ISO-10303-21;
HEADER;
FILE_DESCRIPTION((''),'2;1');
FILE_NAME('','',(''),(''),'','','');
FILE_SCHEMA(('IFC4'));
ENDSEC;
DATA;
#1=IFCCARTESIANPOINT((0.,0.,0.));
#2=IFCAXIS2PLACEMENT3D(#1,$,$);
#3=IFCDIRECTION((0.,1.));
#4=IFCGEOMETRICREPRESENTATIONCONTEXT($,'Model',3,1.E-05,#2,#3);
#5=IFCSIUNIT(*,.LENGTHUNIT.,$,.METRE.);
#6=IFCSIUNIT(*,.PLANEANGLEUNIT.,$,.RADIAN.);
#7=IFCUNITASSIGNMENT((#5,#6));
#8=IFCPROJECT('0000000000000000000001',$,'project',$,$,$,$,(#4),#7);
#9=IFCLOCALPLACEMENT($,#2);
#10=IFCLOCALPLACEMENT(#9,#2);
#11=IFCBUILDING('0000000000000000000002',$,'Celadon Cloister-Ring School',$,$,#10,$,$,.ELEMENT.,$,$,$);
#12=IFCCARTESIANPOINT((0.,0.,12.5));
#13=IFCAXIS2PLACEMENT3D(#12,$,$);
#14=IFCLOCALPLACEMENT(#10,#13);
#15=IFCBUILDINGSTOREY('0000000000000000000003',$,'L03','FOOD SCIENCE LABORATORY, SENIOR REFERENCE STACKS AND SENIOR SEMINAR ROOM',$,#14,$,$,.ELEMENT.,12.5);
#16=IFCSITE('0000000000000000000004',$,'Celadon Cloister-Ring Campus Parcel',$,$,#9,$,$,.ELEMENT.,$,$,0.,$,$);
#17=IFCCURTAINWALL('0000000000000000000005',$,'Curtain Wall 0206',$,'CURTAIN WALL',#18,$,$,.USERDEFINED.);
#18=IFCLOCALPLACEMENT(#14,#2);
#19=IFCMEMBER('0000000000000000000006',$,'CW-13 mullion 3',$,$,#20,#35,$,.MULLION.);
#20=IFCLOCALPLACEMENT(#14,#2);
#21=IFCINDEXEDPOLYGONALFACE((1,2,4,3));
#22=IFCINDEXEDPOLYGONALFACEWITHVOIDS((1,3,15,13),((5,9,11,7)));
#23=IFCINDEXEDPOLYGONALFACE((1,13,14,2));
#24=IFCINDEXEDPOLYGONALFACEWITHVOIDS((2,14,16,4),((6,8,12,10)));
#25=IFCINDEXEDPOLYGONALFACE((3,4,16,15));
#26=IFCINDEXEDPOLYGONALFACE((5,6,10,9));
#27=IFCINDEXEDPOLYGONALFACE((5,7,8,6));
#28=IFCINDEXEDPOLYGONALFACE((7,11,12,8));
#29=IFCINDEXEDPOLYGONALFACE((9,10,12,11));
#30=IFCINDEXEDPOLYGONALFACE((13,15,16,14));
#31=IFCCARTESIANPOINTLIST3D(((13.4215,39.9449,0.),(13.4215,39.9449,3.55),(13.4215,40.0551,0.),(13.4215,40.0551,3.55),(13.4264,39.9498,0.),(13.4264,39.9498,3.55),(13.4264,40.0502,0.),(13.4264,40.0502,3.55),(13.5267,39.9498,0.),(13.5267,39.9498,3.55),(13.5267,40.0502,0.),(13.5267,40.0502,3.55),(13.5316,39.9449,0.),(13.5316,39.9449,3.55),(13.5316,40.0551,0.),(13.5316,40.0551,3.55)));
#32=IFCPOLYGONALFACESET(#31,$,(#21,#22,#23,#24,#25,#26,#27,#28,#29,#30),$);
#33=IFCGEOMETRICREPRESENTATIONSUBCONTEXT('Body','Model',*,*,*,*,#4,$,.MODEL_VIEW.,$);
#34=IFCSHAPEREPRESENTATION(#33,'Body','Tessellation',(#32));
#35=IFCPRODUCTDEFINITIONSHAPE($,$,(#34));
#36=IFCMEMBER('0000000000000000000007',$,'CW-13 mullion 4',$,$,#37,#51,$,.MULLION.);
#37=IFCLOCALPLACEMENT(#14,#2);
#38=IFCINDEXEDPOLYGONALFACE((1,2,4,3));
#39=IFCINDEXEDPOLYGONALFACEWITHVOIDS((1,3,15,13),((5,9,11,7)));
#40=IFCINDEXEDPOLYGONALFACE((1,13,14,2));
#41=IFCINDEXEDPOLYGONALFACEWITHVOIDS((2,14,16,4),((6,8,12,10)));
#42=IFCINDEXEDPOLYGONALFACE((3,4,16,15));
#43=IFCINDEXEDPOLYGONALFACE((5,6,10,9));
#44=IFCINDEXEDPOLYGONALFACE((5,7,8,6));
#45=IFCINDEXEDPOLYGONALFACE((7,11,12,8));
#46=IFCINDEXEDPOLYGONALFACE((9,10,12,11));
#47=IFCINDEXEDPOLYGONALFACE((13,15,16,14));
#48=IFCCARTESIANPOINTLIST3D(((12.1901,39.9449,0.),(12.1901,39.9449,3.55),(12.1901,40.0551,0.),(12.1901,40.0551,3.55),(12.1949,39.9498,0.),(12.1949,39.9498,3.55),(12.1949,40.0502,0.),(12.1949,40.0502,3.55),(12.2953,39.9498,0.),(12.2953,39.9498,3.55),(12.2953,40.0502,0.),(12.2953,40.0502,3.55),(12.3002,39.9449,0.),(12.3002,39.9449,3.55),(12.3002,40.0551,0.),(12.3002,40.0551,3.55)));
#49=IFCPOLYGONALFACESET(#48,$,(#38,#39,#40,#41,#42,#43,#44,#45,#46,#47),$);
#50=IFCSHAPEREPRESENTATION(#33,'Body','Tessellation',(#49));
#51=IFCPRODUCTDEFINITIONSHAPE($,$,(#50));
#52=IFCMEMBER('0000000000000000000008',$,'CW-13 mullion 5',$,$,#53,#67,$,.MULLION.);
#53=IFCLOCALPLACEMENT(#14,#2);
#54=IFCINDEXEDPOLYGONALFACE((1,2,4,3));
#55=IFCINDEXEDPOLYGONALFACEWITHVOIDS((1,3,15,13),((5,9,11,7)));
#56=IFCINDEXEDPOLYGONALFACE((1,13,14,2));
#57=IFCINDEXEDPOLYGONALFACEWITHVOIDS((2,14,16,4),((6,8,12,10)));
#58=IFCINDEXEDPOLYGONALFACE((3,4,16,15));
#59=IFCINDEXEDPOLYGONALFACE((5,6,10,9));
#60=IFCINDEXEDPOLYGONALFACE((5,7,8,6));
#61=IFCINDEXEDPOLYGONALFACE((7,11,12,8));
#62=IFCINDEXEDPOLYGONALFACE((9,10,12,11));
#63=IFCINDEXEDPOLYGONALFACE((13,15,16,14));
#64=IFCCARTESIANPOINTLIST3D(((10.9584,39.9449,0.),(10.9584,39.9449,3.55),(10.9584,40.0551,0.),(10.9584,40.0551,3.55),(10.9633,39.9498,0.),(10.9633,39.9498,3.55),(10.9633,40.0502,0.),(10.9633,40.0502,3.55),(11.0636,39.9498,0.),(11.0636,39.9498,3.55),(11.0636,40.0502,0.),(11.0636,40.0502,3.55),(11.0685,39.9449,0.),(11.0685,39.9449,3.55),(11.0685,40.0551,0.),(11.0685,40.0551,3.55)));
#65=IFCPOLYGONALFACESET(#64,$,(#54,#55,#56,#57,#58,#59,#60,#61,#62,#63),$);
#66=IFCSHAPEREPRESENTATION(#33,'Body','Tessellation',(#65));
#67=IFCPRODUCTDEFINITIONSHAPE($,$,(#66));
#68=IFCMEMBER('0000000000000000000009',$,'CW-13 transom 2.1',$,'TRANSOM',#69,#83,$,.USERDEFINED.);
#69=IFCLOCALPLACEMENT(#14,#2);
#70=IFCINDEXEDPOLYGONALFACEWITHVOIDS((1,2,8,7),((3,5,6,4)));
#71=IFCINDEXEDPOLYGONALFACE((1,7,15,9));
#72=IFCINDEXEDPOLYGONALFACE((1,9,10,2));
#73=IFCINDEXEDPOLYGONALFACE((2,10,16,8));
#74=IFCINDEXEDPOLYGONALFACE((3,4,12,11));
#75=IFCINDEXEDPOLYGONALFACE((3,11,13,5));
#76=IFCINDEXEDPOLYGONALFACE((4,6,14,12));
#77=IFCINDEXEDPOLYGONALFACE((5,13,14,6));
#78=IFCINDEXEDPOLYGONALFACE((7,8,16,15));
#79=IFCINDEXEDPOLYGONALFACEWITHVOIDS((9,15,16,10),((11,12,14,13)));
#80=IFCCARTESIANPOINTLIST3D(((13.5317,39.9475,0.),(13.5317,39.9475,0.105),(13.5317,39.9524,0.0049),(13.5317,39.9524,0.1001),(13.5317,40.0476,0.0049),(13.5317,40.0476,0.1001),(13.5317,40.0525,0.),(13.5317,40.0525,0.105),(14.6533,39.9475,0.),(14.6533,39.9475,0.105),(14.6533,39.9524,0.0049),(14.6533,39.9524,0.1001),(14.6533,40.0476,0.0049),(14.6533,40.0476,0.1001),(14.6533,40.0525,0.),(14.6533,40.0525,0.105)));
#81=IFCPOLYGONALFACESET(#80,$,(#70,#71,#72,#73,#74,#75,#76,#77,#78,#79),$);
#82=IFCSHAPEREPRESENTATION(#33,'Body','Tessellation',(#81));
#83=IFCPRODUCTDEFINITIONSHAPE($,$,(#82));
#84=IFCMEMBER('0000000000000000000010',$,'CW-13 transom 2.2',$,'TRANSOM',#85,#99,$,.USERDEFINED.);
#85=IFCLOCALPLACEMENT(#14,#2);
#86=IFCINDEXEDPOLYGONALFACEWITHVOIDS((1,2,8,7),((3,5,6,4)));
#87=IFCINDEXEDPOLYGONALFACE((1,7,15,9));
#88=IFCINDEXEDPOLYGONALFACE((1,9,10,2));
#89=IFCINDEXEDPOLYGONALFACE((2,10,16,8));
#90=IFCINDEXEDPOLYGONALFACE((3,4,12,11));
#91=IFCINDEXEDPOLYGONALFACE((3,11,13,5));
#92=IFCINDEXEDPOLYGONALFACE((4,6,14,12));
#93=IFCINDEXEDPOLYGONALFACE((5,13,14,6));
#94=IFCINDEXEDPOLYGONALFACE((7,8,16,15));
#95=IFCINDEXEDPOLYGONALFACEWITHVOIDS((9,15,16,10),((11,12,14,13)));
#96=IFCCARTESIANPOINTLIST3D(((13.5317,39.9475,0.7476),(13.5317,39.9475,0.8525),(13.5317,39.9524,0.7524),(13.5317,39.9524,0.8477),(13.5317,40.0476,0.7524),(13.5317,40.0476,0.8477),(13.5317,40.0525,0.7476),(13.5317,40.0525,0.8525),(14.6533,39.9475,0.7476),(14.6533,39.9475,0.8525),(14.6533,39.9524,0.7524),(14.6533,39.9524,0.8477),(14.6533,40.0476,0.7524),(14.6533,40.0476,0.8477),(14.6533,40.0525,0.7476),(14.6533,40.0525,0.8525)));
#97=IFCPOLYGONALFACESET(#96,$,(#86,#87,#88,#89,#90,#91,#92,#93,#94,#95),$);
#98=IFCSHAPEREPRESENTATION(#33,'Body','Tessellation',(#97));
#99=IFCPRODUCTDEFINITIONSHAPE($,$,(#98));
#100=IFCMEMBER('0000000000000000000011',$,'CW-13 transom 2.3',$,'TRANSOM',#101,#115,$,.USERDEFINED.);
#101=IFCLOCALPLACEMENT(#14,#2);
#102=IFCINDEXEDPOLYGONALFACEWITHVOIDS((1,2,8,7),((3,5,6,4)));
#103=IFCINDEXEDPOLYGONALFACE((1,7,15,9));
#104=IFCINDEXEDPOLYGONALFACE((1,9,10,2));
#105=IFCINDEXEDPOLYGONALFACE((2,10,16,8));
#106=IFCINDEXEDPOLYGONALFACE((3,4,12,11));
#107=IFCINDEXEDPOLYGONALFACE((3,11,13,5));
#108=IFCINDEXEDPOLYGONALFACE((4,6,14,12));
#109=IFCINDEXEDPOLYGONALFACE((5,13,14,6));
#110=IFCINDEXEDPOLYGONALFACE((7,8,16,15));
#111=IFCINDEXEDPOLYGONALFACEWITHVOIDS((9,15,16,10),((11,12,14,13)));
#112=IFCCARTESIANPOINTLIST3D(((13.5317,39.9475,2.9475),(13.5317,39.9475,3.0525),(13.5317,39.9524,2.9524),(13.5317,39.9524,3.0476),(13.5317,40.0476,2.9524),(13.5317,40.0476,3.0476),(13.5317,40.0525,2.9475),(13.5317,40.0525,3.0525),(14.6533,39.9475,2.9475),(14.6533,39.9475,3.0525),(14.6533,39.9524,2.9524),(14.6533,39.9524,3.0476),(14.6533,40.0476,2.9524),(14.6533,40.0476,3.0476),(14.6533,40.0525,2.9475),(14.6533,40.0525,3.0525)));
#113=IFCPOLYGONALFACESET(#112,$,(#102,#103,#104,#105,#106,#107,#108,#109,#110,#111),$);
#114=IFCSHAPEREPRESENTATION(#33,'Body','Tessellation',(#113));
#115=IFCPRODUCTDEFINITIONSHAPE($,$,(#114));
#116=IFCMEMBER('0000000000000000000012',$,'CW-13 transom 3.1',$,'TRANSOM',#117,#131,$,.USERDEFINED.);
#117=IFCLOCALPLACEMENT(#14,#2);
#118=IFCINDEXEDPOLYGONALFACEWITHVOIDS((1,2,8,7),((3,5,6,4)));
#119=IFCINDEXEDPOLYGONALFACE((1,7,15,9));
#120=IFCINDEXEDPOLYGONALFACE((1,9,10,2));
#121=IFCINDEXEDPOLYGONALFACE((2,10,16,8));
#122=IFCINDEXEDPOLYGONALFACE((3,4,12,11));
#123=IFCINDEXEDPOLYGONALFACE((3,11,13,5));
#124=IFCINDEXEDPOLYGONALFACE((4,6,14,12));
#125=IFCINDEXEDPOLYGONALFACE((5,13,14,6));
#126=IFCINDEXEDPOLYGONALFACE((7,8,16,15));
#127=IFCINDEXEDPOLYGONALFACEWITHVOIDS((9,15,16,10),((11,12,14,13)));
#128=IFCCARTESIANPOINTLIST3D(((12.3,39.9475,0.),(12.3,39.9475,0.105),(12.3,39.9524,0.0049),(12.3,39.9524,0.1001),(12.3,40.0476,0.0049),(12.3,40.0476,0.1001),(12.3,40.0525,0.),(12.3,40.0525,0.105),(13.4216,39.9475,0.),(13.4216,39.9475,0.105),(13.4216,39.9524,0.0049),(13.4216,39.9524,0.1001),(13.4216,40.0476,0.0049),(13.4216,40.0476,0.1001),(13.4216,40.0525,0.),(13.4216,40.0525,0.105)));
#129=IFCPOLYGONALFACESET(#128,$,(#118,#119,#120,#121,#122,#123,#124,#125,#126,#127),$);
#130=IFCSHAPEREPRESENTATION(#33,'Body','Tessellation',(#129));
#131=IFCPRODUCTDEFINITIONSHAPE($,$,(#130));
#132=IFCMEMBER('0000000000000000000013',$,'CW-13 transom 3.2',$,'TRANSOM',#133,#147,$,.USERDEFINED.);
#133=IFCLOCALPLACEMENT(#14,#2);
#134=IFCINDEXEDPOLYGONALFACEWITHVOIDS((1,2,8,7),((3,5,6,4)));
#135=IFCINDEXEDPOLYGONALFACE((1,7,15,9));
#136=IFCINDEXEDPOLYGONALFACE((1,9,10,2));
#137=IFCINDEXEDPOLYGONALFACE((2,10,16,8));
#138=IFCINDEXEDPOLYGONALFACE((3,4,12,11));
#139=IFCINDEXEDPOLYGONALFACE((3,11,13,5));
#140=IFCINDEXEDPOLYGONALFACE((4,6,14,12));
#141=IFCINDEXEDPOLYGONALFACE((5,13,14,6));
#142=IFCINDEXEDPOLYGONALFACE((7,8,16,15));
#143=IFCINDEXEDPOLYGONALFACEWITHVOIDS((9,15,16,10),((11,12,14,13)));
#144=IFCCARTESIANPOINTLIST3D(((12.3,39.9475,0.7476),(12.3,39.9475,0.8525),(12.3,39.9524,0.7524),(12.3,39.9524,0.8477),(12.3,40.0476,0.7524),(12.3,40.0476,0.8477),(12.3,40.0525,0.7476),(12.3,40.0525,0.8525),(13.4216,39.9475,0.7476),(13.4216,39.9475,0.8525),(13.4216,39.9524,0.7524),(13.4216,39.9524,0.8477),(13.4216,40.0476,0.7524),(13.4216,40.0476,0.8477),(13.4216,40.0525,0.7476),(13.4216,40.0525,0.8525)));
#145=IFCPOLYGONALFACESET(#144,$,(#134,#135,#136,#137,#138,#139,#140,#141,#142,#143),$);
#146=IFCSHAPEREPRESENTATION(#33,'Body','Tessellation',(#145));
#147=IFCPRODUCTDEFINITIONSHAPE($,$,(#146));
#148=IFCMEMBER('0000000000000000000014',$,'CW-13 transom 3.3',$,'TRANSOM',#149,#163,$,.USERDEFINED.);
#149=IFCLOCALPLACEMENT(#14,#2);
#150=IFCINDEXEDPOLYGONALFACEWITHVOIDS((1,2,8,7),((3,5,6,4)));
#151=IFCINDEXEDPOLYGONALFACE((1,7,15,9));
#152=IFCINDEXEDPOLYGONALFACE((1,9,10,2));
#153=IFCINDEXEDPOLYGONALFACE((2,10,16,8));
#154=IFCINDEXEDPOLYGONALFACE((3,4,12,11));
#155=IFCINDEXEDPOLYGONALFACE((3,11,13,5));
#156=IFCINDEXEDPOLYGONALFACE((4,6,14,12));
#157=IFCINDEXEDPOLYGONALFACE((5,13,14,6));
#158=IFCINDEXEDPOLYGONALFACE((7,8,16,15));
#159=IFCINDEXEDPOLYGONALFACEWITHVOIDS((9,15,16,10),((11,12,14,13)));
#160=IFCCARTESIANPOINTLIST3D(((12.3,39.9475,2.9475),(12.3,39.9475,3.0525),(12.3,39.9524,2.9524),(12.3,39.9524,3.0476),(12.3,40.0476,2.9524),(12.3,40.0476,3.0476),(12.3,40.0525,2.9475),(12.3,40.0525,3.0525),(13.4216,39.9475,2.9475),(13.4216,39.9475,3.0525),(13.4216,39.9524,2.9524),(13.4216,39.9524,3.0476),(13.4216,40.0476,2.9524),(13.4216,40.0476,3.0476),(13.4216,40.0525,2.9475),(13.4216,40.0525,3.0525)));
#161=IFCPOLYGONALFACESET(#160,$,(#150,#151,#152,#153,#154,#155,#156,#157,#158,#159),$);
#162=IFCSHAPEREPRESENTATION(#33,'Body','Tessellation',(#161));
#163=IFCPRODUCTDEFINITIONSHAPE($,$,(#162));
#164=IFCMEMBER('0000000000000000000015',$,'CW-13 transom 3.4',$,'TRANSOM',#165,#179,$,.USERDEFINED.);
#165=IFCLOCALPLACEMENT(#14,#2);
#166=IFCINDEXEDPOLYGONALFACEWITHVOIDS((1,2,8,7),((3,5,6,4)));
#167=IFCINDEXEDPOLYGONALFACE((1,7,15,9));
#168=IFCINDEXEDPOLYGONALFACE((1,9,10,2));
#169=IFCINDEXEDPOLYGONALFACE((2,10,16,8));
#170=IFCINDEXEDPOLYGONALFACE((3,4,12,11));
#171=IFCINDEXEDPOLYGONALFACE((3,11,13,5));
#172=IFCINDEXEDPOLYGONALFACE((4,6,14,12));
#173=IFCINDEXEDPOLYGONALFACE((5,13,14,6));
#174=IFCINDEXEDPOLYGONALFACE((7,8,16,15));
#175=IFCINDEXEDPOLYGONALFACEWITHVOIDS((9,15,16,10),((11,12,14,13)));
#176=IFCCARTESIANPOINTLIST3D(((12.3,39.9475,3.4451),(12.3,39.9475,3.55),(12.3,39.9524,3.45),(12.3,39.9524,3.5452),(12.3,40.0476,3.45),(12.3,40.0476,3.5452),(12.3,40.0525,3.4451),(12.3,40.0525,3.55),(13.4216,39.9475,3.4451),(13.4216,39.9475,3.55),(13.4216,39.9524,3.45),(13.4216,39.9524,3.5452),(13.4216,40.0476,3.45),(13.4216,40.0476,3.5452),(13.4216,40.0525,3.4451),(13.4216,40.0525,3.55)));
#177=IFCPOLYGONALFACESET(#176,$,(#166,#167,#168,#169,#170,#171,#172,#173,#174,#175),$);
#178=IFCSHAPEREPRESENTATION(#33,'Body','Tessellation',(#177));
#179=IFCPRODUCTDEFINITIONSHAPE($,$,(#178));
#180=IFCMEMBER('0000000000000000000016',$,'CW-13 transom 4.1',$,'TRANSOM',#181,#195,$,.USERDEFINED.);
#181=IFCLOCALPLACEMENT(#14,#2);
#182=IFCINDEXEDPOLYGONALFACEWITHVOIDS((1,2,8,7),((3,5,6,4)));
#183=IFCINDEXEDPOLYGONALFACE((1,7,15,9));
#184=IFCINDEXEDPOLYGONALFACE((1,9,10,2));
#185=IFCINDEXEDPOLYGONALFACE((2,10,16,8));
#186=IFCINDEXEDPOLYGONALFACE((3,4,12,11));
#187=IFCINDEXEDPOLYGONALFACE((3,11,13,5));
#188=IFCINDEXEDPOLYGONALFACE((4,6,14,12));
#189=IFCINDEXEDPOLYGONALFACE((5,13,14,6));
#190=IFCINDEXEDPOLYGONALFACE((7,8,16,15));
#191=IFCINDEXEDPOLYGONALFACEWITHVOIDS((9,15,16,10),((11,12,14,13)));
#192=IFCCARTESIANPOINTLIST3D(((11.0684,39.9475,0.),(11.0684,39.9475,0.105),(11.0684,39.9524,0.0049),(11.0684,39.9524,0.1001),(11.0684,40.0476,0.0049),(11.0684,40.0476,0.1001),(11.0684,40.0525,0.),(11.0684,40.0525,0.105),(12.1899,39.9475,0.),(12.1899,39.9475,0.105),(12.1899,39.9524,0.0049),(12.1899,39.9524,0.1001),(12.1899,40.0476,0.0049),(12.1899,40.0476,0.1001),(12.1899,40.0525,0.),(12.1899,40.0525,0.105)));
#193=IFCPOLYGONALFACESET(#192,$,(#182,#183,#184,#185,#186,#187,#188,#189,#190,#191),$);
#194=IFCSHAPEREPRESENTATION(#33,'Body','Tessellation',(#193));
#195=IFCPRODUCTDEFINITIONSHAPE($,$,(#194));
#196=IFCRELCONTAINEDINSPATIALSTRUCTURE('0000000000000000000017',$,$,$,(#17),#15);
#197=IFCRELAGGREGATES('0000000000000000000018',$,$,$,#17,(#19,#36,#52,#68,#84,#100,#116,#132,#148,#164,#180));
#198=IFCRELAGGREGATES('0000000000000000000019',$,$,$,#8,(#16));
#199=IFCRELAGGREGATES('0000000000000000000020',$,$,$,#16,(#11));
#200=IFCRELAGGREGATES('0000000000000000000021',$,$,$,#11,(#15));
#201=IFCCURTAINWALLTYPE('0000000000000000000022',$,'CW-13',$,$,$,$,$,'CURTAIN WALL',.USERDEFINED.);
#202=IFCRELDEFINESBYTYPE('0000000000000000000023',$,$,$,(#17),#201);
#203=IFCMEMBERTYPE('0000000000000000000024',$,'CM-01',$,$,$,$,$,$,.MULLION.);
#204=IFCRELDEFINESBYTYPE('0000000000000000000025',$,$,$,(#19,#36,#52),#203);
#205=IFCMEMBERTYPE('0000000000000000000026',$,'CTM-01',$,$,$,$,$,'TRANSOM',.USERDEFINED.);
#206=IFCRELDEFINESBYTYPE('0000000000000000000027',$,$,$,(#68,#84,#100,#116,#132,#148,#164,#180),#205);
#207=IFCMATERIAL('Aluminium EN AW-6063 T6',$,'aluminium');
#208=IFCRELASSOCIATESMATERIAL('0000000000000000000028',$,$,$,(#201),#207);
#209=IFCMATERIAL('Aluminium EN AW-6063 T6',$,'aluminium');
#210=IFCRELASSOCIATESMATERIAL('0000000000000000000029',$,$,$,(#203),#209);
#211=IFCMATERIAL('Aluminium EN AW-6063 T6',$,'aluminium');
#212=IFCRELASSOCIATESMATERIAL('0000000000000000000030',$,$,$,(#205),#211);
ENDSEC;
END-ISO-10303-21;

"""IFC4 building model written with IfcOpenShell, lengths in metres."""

from ifc_helpers import new_model, si_unit, direction, frame, origin, origin_2d, place, context, subcontext, project, spatial, hollow_rectangle, extrude, material, material_profile, profile_set, type_object, element, aggregate, save


model = new_model("IFC4")

# Units and contexts
model_context = context("Model", 3, precision=1e-05, world=origin(), true_north=direction((0.0, 1.0)))
body_context = subcontext(model_context, "Body", "Model", "MODEL_VIEW")
ifc_project = project(units=[si_unit("LENGTHUNIT", "METRE"), si_unit("PLANEANGLEUNIT", "RADIAN")], contexts=[model_context])

# Site, building, storey
site_placement = place(None, origin())
site = spatial("IfcSite", under=ifc_project, at=site_placement, Name="Celadon Cloister-Ring Campus Parcel", CompositionType="ELEMENT", RefElevation=0.0)
building_placement = place(site_placement, origin())
building = spatial("IfcBuilding", under=site, at=building_placement, Name="Celadon Cloister-Ring School", CompositionType="ELEMENT")
storey_placement = place(building_placement, frame((0.0, 0.0, 12.5)))
storey = spatial("IfcBuildingStorey", under=building, at=storey_placement, Name="L03", Description="FOOD SCIENCE LABORATORY, SENIOR REFERENCE STACKS AND SENIOR SEMINAR ROOM", CompositionType="ELEMENT", Elevation=12.5)

# Curtain wall, members
ifc_material_1 = material(Name="Aluminium EN AW-6063 T6", Category="aluminium")
curtain_wall_type = type_object("IfcCurtainWallType", Name="CW-13", ElementType="CURTAIN WALL", PredefinedType="USERDEFINED", material=ifc_material_1)
curtain_wall_placement = place(storey_placement, origin())
curtain_wall = element("IfcCurtainWall", 1, at=curtain_wall_placement, inside=storey, type_object=curtain_wall_type, Name="Curtain Wall 0206", ObjectType="CURTAIN WALL", PredefinedType="USERDEFINED")
ifc_material_2 = material(Name="Aluminium EN AW-6063 T6", Category="aluminium")
ifc_material_profile_1 = material_profile(ifc_material_2, hollow_rectangle(XDim=0.1101, YDim=0.1101, WallThickness=0.0049, at=origin_2d()), Name="RHS110X110X5")
ifc_profile_set_1 = profile_set([ifc_material_profile_1], Name="Aluminium EN AW-6063 T6")
member_type_1 = type_object("IfcMemberType", Name="CM-01", PredefinedType="MULLION", material=ifc_profile_set_1)
member_1_placement = place(storey_placement, frame((13.4766, 40.0, 0.0), z_axis=(0.0, 0.0, 1.0), x_axis=(0.0, -1.0, 0.0)))
member_1 = element("IfcMember", 2, at=member_1_placement, type_object=member_type_1, Name="CW-13 mullion 3", PredefinedType="MULLION", context=body_context, shape_type="SweptSolid", body=[
    extrude(hollow_rectangle(XDim=0.1101, YDim=0.1101, WallThickness=0.0049, at=origin_2d()), origin(), (0.0, 0.0, 1.0), 3.55),
])
member_2_placement = place(storey_placement, frame((12.2451, 40.0, 0.0), z_axis=(0.0, 0.0, 1.0), x_axis=(0.0, -1.0, 0.0)))
member_2 = element("IfcMember", 3, at=member_2_placement, type_object=member_type_1, Name="CW-13 mullion 4", PredefinedType="MULLION", context=body_context, shape_type="SweptSolid", body=[
    extrude(hollow_rectangle(XDim=0.1101, YDim=0.1101, WallThickness=0.0049, at=origin_2d()), origin(), (0.0, 0.0, 1.0), 3.55),
])
member_3_placement = place(storey_placement, frame((11.0134, 40.0, 0.0), z_axis=(0.0, 0.0, 1.0), x_axis=(0.0, -1.0, 0.0)))
member_3 = element("IfcMember", 4, at=member_3_placement, type_object=member_type_1, Name="CW-13 mullion 5", PredefinedType="MULLION", context=body_context, shape_type="SweptSolid", body=[
    extrude(hollow_rectangle(XDim=0.1101, YDim=0.1101, WallThickness=0.0049, at=origin_2d()), origin(), (0.0, 0.0, 1.0), 3.55),
])
ifc_material_3 = material(Name="Aluminium EN AW-6063 T6", Category="aluminium")
ifc_material_profile_2 = material_profile(ifc_material_3, hollow_rectangle(XDim=0.105, YDim=0.105, WallThickness=0.0049, at=origin_2d()), Name="RHS105X105X5")
ifc_profile_set_2 = profile_set([ifc_material_profile_2], Name="Aluminium EN AW-6063 T6")
member_type_2 = type_object("IfcMemberType", Name="CTM-01", ElementType="TRANSOM", PredefinedType="USERDEFINED", material=ifc_profile_set_2)
member_4_placement = place(storey_placement, frame((14.6533, 40.0, 0.0525), z_axis=(-1.0, 0.0, 0.0), x_axis=(0.0, -1.0, 0.0)))
member_4 = element("IfcMember", 5, at=member_4_placement, type_object=member_type_2, Name="CW-13 transom 2.1", ObjectType="TRANSOM", PredefinedType="USERDEFINED", context=body_context, shape_type="SweptSolid", body=[
    extrude(hollow_rectangle(XDim=0.105, YDim=0.105, WallThickness=0.0049, at=origin_2d()), origin(), (0.0, 0.0, 1.0), 1.1216),
])
member_5_placement = place(storey_placement, frame((14.6533, 40.0, 0.8), z_axis=(-1.0, 0.0, 0.0), x_axis=(0.0, -1.0, 0.0)))
member_5 = element("IfcMember", 6, at=member_5_placement, type_object=member_type_2, Name="CW-13 transom 2.2", ObjectType="TRANSOM", PredefinedType="USERDEFINED", context=body_context, shape_type="SweptSolid", body=[
    extrude(hollow_rectangle(XDim=0.105, YDim=0.105, WallThickness=0.0049, at=origin_2d()), origin(), (0.0, 0.0, 1.0), 1.1216),
])
member_6_placement = place(storey_placement, frame((14.6533, 40.0, 3.0), z_axis=(-1.0, 0.0, 0.0), x_axis=(0.0, -1.0, 0.0)))
member_6 = element("IfcMember", 7, at=member_6_placement, type_object=member_type_2, Name="CW-13 transom 2.3", ObjectType="TRANSOM", PredefinedType="USERDEFINED", context=body_context, shape_type="SweptSolid", body=[
    extrude(hollow_rectangle(XDim=0.105, YDim=0.105, WallThickness=0.0049, at=origin_2d()), origin(), (0.0, 0.0, 1.0), 1.1216),
])
member_7_placement = place(storey_placement, frame((13.4216, 40.0, 0.0525), z_axis=(-1.0, 0.0, 0.0), x_axis=(0.0, -1.0, 0.0)))
member_7 = element("IfcMember", 8, at=member_7_placement, type_object=member_type_2, Name="CW-13 transom 3.1", ObjectType="TRANSOM", PredefinedType="USERDEFINED", context=body_context, shape_type="SweptSolid", body=[
    extrude(hollow_rectangle(XDim=0.105, YDim=0.105, WallThickness=0.0049, at=origin_2d()), origin(), (0.0, 0.0, 1.0), 1.1216),
])
member_8_placement = place(storey_placement, frame((13.4216, 40.0, 0.8), z_axis=(-1.0, 0.0, 0.0), x_axis=(0.0, -1.0, 0.0)))
member_8 = element("IfcMember", 9, at=member_8_placement, type_object=member_type_2, Name="CW-13 transom 3.2", ObjectType="TRANSOM", PredefinedType="USERDEFINED", context=body_context, shape_type="SweptSolid", body=[
    extrude(hollow_rectangle(XDim=0.105, YDim=0.105, WallThickness=0.0049, at=origin_2d()), origin(), (0.0, 0.0, 1.0), 1.1216),
])
member_9_placement = place(storey_placement, frame((13.4216, 40.0, 3.0), z_axis=(-1.0, 0.0, 0.0), x_axis=(0.0, -1.0, 0.0)))
member_9 = element("IfcMember", 10, at=member_9_placement, type_object=member_type_2, Name="CW-13 transom 3.3", ObjectType="TRANSOM", PredefinedType="USERDEFINED", context=body_context, shape_type="SweptSolid", body=[
    extrude(hollow_rectangle(XDim=0.105, YDim=0.105, WallThickness=0.0049, at=origin_2d()), origin(), (0.0, 0.0, 1.0), 1.1216),
])
member_10_placement = place(storey_placement, frame((13.4216, 40.0, 3.4976), z_axis=(-1.0, 0.0, 0.0), x_axis=(0.0, -1.0, 0.0)))
member_10 = element("IfcMember", 11, at=member_10_placement, type_object=member_type_2, Name="CW-13 transom 3.4", ObjectType="TRANSOM", PredefinedType="USERDEFINED", context=body_context, shape_type="SweptSolid", body=[
    extrude(hollow_rectangle(XDim=0.105, YDim=0.105, WallThickness=0.0049, at=origin_2d()), origin(), (0.0, 0.0, 1.0), 1.1216),
])
member_11_placement = place(storey_placement, frame((12.1899, 40.0, 0.0525), z_axis=(-1.0, 0.0, 0.0), x_axis=(0.0, -1.0, 0.0)))
member_11 = element("IfcMember", 12, at=member_11_placement, type_object=member_type_2, Name="CW-13 transom 4.1", ObjectType="TRANSOM", PredefinedType="USERDEFINED", context=body_context, shape_type="SweptSolid", body=[
    extrude(hollow_rectangle(XDim=0.105, YDim=0.105, WallThickness=0.0049, at=origin_2d()), origin(), (0.0, 0.0, 1.0), 1.1216),
])
aggregate(curtain_wall, [member_1, member_2, member_3, member_4, member_5, member_6, member_7, member_8, member_9, member_10, member_11])

save(model, "model.ifc")
